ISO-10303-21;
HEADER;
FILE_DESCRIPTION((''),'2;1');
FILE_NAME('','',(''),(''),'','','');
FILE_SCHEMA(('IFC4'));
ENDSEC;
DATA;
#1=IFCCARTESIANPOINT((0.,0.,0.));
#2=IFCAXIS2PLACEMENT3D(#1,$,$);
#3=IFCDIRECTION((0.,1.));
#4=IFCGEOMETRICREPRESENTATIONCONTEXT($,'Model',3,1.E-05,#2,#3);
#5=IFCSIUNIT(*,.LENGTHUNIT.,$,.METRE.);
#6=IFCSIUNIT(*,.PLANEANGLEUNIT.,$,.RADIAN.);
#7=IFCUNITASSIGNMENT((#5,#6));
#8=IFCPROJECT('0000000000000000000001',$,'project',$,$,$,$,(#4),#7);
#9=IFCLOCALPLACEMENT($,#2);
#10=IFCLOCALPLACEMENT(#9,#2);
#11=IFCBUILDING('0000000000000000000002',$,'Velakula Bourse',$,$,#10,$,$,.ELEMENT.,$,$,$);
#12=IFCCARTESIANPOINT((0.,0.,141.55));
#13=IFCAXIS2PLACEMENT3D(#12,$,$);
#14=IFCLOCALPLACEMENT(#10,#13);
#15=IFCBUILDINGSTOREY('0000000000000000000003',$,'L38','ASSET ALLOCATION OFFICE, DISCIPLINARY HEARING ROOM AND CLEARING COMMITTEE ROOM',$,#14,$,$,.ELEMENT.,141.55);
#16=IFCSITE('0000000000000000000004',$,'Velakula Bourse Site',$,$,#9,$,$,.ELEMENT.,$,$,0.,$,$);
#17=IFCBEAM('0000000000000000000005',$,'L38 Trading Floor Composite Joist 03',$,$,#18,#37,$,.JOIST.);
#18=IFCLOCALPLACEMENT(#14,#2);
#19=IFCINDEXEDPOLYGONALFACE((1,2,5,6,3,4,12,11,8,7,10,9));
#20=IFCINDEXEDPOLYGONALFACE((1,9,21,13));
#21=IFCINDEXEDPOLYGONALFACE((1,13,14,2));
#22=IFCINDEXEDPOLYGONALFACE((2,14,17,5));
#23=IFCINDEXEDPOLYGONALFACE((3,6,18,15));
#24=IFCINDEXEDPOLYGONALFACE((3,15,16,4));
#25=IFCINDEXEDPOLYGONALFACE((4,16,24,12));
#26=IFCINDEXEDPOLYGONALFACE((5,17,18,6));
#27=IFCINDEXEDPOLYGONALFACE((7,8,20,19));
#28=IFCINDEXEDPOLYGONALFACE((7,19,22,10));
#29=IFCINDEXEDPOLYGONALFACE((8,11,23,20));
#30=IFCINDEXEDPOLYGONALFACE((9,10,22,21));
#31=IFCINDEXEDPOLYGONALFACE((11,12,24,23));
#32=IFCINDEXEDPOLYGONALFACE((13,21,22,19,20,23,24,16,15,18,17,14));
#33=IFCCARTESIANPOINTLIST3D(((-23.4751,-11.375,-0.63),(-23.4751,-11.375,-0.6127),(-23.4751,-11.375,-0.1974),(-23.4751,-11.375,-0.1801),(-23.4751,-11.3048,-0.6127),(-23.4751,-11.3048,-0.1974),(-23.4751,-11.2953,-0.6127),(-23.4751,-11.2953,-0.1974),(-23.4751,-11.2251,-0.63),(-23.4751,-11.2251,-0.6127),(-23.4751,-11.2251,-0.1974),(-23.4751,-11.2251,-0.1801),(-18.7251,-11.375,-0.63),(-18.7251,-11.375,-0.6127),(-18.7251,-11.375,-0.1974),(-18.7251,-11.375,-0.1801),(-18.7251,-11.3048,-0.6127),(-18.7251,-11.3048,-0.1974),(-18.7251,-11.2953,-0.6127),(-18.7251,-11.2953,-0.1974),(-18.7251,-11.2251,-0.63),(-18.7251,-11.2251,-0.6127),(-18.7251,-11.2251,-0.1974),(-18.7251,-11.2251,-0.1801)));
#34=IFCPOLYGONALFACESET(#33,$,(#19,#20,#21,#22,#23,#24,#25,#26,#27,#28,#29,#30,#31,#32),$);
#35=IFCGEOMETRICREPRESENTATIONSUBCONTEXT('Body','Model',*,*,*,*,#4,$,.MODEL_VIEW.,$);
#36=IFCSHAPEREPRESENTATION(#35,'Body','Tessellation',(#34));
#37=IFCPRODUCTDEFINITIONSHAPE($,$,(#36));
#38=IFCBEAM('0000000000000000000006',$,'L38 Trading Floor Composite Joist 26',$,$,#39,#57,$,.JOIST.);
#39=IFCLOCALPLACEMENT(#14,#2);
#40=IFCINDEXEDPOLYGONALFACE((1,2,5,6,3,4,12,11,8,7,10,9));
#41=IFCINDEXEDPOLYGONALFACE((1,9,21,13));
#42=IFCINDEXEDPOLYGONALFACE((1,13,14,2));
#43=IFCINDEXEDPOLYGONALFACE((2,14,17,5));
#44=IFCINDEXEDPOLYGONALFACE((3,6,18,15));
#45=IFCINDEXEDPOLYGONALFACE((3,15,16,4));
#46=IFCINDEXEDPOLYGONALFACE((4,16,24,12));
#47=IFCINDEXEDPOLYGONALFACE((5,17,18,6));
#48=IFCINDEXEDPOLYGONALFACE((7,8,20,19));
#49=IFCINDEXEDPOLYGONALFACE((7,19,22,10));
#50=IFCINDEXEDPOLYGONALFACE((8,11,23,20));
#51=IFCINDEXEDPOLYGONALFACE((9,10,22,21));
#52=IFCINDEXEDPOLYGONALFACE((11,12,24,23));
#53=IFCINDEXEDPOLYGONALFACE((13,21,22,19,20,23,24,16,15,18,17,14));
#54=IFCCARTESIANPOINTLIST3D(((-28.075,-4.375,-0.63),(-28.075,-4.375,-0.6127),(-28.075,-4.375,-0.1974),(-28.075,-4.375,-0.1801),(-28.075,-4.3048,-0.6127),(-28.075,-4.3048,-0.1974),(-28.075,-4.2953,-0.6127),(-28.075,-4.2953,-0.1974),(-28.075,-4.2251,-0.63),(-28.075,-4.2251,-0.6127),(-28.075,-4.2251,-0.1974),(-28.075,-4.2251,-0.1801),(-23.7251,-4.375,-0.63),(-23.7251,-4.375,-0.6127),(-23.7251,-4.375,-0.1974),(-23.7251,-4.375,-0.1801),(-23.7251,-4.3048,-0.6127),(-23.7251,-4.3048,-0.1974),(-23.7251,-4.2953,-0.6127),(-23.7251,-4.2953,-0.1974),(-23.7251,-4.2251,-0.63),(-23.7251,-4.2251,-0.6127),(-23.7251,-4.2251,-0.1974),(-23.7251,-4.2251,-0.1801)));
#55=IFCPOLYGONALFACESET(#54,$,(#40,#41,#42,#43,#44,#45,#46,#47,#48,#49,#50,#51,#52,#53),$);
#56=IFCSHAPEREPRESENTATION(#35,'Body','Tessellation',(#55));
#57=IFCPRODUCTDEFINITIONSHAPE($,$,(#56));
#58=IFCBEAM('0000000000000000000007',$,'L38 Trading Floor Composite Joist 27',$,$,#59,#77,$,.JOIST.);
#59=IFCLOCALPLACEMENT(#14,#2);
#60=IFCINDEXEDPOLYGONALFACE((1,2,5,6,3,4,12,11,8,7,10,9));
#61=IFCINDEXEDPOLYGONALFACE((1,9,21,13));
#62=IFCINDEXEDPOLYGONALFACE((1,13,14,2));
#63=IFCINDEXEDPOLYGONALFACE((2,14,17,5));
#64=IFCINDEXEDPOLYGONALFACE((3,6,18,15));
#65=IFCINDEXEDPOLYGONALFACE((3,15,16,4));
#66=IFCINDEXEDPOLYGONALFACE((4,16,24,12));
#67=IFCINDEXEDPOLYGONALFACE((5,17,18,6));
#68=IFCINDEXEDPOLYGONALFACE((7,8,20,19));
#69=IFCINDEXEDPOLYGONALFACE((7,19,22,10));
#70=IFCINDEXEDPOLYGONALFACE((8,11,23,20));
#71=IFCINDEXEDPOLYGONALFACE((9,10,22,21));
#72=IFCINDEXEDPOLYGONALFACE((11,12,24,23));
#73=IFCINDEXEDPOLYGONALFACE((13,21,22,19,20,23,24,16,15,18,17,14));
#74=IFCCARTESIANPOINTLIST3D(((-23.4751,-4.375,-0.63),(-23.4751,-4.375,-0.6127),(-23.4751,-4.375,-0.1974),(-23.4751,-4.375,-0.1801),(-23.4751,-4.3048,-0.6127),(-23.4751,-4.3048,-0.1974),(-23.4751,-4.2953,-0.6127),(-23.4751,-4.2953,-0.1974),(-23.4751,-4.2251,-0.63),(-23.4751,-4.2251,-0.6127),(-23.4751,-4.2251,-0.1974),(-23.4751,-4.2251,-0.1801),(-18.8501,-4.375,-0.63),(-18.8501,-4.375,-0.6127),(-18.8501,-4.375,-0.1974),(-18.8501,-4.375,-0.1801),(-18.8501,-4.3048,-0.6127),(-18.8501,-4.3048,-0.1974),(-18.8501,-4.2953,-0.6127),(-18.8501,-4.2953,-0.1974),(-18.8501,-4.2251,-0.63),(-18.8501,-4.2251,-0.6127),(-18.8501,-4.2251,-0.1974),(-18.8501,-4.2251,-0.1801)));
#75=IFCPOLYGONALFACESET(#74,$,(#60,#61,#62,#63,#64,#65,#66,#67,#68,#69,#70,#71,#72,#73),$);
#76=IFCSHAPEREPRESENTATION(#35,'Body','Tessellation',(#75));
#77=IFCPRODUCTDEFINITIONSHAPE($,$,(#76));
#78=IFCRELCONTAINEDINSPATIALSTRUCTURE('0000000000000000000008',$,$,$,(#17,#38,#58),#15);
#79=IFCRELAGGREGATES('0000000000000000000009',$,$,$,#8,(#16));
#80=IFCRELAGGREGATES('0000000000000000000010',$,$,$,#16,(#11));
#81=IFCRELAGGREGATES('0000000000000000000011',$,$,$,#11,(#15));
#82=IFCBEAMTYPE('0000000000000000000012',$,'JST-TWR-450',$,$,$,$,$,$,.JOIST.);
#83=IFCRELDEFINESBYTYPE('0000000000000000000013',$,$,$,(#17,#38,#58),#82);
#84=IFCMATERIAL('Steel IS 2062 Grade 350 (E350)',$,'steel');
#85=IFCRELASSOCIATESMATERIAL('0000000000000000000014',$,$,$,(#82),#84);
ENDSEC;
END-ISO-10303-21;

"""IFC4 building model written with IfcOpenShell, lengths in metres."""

from ifc_helpers import new_model, si_unit, direction, frame, origin, origin_2d, place, context, subcontext, project, spatial, i_section, extrude, material, material_profile, profile_set, type_object, element, save


model = new_model("IFC4")

# Units and contexts
model_context = context("Model", 3, precision=1e-05, world=origin(), true_north=direction((0.0, 1.0)))
body_context = subcontext(model_context, "Body", "Model", "MODEL_VIEW")
ifc_project = project(units=[si_unit("LENGTHUNIT", "METRE"), si_unit("PLANEANGLEUNIT", "RADIAN")], contexts=[model_context])

# Site, building, storey
site_placement = place(None, origin())
site = spatial("IfcSite", under=ifc_project, at=site_placement, Name="Velakula Bourse Site", CompositionType="ELEMENT", RefElevation=0.0)
building_placement = place(site_placement, origin())
building = spatial("IfcBuilding", under=site, at=building_placement, Name="Velakula Bourse", CompositionType="ELEMENT")
storey_placement = place(building_placement, frame((0.0, 0.0, 141.55)))
storey = spatial("IfcBuildingStorey", under=building, at=storey_placement, Name="L38", Description="ASSET ALLOCATION OFFICE, DISCIPLINARY HEARING ROOM AND CLEARING COMMITTEE ROOM", CompositionType="ELEMENT", Elevation=141.55)

# Shared definitions
ifc_material = material(Name="Steel IS 2062 Grade 350 (E350)", Category="steel")

# Beams
ifc_material_profile_1 = material_profile(ifc_material, i_section(OverallWidth=0.1499, OverallDepth=0.45, WebThickness=0.0095, FlangeThickness=0.0173, at=origin_2d()), Name="Steel IS 2062 Grade 350 (E350)")
ifc_profile_set_1 = profile_set([ifc_material_profile_1], Name="Steel IS 2062 Grade 350 (E350)")
beam_type_1 = type_object("IfcBeamType", Name="JST-TWR-450", PredefinedType="JOIST", material=ifc_profile_set_1)
beam_1_placement = place(storey_placement, frame((-23.4751, -11.3, -0.405), z_axis=(1.0, 0.0, 0.0), x_axis=(0.0, 1.0, 0.0)))
element("IfcBeam", 1, at=beam_1_placement, inside=storey, type_object=beam_type_1, Name="L38 Trading Floor Composite Joist 03", PredefinedType="JOIST", context=body_context, shape_type="SweptSolid", body=[
    extrude(i_section(OverallWidth=0.1499, OverallDepth=0.45, WebThickness=0.0095, FlangeThickness=0.0173, at=origin_2d()), origin(), (0.0, 0.0, 1.0), 4.75),
])
beam_2_placement = place(storey_placement, frame((-28.075, -4.3, -0.405), z_axis=(1.0, 0.0, 0.0), x_axis=(0.0, 1.0, 0.0)))
element("IfcBeam", 2, at=beam_2_placement, inside=storey, type_object=beam_type_1, Name="L38 Trading Floor Composite Joist 26", PredefinedType="JOIST", context=body_context, shape_type="SweptSolid", body=[
    extrude(i_section(OverallWidth=0.1499, OverallDepth=0.45, WebThickness=0.0095, FlangeThickness=0.0173, at=origin_2d()), origin(), (0.0, 0.0, 1.0), 4.3499),
])
beam_3_placement = place(storey_placement, frame((-23.4751, -4.3, -0.405), z_axis=(1.0, 0.0, 0.0), x_axis=(0.0, 1.0, 0.0)))
element("IfcBeam", 3, at=beam_3_placement, inside=storey, type_object=beam_type_1, Name="L38 Trading Floor Composite Joist 27", PredefinedType="JOIST", context=body_context, shape_type="SweptSolid", body=[
    extrude(i_section(OverallWidth=0.1499, OverallDepth=0.45, WebThickness=0.0095, FlangeThickness=0.0173, at=origin_2d()), origin(), (0.0, 0.0, 1.0), 4.625),
])

save(model, "model.ifc")
